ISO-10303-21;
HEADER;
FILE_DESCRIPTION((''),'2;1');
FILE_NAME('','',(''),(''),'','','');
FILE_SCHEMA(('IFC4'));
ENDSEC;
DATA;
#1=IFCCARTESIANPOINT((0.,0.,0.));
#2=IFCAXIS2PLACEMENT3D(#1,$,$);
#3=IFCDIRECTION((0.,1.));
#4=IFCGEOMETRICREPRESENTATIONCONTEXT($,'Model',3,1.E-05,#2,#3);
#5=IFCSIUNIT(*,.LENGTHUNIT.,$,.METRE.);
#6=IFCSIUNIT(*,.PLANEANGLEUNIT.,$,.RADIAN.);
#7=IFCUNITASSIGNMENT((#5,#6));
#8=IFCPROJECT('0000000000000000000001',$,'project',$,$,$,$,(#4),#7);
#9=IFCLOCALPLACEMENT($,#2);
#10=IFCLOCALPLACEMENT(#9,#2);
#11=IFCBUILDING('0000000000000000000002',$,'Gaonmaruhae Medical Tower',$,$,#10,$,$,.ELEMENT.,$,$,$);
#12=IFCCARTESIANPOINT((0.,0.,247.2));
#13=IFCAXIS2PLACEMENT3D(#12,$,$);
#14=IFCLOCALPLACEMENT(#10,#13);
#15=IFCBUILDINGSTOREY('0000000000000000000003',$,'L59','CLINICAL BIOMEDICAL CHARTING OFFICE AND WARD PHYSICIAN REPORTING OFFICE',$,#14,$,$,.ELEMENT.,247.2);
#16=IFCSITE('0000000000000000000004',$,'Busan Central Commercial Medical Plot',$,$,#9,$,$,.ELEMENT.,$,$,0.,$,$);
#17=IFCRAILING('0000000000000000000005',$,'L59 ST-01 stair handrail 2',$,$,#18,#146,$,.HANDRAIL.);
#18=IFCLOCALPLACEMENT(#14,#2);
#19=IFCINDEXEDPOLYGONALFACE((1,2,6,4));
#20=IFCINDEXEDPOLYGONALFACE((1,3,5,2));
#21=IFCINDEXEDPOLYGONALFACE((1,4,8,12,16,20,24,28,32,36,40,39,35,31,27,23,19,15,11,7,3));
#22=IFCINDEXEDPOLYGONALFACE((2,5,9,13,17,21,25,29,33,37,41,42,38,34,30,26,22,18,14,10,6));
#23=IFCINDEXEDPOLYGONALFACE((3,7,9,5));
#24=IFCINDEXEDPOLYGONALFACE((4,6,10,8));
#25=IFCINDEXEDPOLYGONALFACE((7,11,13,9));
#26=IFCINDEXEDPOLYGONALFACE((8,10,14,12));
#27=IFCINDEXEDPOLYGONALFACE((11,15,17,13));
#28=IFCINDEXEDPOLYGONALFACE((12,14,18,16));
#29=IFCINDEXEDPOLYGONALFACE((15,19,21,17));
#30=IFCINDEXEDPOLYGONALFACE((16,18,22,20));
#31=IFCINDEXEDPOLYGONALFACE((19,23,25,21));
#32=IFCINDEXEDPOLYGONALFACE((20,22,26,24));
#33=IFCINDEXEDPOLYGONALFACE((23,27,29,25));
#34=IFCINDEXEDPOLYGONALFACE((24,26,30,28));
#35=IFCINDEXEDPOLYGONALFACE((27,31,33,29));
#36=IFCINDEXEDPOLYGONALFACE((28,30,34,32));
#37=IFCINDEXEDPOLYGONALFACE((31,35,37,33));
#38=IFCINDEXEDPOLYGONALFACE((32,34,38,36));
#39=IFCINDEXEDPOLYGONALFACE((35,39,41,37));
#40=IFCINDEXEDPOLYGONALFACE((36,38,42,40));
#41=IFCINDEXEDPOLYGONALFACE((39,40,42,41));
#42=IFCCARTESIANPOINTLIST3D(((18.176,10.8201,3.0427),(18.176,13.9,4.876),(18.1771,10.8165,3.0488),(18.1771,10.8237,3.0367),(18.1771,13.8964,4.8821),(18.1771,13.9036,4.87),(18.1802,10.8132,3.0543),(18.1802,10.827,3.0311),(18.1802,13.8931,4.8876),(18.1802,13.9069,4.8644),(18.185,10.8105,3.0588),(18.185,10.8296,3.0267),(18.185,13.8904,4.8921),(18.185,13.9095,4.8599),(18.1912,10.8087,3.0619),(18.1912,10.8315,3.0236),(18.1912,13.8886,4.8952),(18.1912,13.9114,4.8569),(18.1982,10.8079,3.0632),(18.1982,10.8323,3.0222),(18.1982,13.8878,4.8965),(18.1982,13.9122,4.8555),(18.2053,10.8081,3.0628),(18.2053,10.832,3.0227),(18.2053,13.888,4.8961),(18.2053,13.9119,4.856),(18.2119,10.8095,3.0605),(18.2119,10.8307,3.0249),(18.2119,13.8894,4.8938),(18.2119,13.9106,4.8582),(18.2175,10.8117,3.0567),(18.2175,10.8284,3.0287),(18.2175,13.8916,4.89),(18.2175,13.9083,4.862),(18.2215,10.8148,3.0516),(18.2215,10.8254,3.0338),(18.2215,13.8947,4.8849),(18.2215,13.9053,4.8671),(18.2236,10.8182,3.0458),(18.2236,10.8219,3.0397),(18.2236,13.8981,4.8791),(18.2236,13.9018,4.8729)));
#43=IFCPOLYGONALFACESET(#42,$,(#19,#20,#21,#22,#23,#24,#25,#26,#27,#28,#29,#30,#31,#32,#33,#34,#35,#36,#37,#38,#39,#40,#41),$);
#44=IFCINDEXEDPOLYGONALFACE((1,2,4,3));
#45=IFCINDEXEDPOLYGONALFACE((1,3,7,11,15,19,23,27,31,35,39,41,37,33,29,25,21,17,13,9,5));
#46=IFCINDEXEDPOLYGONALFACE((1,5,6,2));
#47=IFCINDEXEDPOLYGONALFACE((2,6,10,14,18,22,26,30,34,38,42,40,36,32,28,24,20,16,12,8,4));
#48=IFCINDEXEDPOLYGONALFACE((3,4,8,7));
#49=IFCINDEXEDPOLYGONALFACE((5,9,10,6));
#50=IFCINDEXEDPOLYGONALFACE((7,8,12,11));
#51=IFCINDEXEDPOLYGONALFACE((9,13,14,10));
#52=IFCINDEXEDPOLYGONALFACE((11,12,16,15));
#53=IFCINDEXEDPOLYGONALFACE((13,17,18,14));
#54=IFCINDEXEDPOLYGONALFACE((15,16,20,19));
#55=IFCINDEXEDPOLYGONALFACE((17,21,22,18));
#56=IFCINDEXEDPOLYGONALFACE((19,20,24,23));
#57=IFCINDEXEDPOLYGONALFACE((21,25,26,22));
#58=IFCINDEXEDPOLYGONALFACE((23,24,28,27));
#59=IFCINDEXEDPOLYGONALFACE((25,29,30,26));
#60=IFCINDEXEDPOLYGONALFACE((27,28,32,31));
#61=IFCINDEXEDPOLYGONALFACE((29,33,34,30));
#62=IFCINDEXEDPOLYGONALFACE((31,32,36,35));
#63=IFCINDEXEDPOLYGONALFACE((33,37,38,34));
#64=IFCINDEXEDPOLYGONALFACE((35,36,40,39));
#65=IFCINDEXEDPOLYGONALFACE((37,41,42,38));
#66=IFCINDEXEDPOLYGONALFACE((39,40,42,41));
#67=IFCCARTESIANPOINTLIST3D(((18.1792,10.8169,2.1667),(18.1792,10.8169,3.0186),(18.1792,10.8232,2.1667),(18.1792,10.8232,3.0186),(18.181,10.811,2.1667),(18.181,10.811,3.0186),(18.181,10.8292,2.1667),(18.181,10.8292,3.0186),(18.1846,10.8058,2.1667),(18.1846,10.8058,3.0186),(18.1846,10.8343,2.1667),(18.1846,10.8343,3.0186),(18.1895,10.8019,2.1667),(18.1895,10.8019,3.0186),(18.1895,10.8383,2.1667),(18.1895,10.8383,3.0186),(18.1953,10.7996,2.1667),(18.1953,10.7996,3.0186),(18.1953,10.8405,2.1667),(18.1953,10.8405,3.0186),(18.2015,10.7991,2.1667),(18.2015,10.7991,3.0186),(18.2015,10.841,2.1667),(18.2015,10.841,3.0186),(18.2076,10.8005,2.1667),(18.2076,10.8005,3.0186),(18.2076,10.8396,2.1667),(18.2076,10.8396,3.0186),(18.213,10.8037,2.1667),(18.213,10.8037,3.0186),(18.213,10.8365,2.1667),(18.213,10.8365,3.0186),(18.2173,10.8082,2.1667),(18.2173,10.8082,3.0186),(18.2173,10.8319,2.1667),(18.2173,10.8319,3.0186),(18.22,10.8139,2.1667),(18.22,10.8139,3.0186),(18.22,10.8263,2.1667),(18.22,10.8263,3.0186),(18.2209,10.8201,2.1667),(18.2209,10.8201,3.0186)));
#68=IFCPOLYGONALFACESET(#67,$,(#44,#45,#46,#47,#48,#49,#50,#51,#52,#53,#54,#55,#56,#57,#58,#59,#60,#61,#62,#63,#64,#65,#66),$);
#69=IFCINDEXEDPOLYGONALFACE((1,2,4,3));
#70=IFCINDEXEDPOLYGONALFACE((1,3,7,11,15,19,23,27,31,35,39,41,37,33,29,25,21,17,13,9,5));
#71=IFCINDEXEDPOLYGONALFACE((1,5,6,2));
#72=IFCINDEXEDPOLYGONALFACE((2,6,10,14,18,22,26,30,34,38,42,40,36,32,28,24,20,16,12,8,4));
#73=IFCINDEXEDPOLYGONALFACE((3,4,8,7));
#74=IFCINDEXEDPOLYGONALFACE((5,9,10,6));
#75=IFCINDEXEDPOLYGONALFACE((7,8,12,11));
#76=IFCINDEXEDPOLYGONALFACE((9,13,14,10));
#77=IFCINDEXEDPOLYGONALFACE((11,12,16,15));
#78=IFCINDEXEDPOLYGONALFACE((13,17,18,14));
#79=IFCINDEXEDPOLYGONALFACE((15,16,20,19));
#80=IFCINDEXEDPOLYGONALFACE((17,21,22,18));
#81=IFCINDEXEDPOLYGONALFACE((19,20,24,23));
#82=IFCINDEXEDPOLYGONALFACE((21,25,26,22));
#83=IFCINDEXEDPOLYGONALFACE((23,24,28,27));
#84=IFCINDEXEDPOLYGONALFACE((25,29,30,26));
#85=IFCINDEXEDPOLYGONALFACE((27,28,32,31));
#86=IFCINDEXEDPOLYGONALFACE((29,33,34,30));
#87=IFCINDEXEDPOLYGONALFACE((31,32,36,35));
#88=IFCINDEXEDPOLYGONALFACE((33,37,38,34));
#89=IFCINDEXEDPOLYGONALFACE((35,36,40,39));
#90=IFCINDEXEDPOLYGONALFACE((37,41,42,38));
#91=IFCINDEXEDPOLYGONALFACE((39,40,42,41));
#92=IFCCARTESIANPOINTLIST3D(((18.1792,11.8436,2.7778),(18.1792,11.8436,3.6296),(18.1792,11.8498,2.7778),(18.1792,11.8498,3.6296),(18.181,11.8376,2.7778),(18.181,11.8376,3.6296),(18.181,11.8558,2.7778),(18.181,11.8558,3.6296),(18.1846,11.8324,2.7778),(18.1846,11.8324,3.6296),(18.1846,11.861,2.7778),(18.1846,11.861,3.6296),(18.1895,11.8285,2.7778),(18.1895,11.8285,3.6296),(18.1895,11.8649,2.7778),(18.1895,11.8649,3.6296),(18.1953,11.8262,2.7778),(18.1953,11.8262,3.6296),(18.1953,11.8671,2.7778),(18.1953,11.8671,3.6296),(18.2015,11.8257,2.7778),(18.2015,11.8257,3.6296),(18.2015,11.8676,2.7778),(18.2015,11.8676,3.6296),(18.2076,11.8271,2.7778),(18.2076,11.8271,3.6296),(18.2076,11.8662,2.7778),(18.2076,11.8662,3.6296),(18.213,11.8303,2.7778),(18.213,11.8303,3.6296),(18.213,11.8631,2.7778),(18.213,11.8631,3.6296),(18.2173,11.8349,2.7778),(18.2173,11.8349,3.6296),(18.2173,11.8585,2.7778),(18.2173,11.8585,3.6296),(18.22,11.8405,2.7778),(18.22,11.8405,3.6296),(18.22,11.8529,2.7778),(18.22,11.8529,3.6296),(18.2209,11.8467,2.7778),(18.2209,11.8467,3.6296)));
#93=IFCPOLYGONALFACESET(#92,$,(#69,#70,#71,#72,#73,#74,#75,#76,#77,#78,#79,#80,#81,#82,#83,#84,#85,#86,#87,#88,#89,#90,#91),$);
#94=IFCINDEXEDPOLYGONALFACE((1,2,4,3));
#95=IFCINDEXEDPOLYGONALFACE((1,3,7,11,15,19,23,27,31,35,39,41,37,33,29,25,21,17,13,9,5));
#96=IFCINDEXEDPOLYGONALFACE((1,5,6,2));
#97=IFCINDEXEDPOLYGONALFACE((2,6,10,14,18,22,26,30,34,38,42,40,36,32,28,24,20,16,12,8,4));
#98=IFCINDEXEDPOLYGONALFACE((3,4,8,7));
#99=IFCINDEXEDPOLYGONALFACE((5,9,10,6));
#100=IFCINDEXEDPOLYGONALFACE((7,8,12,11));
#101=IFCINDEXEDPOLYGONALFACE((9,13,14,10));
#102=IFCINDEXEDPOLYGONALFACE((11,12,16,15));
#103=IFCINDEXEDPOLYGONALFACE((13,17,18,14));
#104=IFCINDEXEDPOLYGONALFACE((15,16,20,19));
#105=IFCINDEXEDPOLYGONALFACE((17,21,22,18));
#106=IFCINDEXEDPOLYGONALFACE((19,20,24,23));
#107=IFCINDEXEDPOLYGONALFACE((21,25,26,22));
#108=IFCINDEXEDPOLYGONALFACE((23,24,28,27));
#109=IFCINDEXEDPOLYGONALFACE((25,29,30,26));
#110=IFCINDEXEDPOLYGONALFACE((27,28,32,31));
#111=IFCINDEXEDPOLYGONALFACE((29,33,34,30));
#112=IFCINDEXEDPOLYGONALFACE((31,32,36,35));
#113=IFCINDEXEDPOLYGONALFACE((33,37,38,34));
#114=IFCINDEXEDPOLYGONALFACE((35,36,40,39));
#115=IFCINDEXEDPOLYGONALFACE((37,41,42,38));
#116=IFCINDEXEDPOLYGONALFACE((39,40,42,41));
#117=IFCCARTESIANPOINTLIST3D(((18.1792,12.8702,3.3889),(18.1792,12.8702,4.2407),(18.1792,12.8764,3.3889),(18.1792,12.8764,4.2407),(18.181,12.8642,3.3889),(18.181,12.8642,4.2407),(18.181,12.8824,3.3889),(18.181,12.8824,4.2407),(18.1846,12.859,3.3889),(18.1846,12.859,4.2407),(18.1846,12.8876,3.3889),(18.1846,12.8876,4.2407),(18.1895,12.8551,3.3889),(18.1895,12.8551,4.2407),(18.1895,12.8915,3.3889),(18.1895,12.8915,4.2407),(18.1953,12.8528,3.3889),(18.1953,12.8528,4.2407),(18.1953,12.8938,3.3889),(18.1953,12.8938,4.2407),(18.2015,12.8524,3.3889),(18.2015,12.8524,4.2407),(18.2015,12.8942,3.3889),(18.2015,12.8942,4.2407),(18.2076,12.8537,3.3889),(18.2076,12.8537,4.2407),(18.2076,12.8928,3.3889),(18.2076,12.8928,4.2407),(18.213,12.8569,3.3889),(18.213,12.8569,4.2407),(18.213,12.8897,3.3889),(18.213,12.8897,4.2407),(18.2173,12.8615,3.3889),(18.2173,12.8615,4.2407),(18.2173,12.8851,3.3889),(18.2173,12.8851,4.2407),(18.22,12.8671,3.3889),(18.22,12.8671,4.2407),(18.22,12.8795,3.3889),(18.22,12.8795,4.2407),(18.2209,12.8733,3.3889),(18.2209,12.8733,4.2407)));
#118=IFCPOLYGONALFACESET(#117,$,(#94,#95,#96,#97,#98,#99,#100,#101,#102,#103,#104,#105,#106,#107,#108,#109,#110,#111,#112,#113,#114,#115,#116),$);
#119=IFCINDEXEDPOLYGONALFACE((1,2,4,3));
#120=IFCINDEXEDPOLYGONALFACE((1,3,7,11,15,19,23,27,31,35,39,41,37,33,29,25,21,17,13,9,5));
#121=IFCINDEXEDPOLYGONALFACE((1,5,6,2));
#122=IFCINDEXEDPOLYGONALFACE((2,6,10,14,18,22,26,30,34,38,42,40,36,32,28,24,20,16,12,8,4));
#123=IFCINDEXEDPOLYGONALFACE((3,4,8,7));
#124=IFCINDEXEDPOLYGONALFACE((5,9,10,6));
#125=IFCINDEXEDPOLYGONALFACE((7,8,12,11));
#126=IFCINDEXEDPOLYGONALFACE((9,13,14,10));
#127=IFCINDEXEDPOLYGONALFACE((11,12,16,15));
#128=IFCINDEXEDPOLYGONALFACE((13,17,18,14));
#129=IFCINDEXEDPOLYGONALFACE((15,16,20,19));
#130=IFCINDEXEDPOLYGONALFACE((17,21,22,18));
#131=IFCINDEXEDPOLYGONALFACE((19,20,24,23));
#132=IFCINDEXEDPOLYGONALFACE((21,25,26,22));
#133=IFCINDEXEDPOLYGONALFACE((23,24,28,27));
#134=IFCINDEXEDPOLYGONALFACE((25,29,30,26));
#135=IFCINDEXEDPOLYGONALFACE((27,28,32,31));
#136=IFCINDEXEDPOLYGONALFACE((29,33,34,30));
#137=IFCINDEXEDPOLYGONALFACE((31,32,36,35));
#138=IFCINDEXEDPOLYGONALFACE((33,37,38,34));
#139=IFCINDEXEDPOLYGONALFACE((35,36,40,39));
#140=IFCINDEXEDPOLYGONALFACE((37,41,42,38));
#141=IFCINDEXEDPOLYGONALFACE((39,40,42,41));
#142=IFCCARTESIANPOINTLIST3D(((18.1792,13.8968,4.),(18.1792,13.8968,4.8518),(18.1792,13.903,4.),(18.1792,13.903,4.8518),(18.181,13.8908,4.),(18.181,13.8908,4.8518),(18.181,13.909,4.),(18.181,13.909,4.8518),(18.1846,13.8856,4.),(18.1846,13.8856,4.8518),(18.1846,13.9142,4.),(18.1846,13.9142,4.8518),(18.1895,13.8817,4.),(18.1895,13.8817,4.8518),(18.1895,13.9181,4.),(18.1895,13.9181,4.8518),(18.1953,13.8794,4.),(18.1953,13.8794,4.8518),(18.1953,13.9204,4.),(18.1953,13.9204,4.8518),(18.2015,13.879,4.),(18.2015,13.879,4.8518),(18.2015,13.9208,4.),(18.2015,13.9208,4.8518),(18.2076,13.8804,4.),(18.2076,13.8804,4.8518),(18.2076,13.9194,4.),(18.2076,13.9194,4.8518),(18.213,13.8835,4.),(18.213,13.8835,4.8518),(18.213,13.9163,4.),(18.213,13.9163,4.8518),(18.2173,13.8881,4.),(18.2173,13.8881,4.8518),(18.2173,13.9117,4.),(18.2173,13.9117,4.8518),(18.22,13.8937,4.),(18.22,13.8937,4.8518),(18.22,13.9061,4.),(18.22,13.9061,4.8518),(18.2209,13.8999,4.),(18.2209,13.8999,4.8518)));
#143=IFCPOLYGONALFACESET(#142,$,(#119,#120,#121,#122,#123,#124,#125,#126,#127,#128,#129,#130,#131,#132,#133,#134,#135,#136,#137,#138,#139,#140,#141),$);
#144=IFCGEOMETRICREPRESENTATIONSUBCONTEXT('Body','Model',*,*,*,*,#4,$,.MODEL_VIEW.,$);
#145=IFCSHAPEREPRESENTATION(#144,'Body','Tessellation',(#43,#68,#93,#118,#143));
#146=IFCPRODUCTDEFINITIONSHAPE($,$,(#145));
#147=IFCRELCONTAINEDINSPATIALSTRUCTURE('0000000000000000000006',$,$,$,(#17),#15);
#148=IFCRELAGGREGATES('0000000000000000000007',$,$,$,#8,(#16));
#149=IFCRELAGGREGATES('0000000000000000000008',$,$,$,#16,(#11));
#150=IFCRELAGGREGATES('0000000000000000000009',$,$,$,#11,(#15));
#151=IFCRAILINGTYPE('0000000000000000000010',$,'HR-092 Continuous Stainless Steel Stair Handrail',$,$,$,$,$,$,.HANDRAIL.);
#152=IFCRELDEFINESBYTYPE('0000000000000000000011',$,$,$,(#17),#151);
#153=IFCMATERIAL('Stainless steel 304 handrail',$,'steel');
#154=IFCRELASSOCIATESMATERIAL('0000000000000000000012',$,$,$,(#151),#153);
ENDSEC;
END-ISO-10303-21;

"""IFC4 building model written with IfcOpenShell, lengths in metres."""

from ifc_helpers import new_model, si_unit, direction, frame, origin, origin_2d, place, context, subcontext, project, spatial, circle, extrude, material, type_object, element, save


model = new_model("IFC4")

# Units and contexts
model_context = context("Model", 3, precision=1e-05, world=origin(), true_north=direction((0.0, 1.0)))
body_context = subcontext(model_context, "Body", "Model", "MODEL_VIEW")
ifc_project = project(units=[si_unit("LENGTHUNIT", "METRE"), si_unit("PLANEANGLEUNIT", "RADIAN")], contexts=[model_context])

# Site, building, storey
site_placement = place(None, origin())
site = spatial("IfcSite", under=ifc_project, at=site_placement, Name="Busan Central Commercial Medical Plot", CompositionType="ELEMENT", RefElevation=0.0)
building_placement = place(site_placement, origin())
building = spatial("IfcBuilding", under=site, at=building_placement, Name="Gaonmaruhae Medical Tower", CompositionType="ELEMENT")
storey_placement = place(building_placement, frame((0.0, 0.0, 247.2)))
storey = spatial("IfcBuildingStorey", under=building, at=storey_placement, Name="L59", Description="CLINICAL BIOMEDICAL CHARTING OFFICE AND WARD PHYSICIAN REPORTING OFFICE", CompositionType="ELEMENT", Elevation=247.2)

# Railing
ifc_material_1 = material(Name="Stainless steel 304 handrail", Category="steel")
railing_type_1 = type_object("IfcRailingType", Name="HR-092 Continuous Stainless Steel Stair Handrail", PredefinedType="HANDRAIL", material=ifc_material_1)
railing_1_placement = place(storey_placement, frame((18.2, 10.8201, 2.1667)))
element("IfcRailing", 1, at=railing_1_placement, inside=storey, type_object=railing_type_1, Name="L59 ST-01 stair handrail 2", PredefinedType="HANDRAIL", context=body_context, shape_type="SweptSolid", body=[
    extrude(circle(Radius=0.0239, at=origin_2d()), frame((0.0, 0.0, 0.876), z_axis=(0.0, 0.859291, 0.511487), x_axis=(-1.0, 0.0, 0.0)), (0.0, 0.0, 1.0), 3.5842),
    extrude(circle(Radius=0.021, at=origin_2d()), origin(), (0.0, 0.0, 1.0), 0.8518),
    extrude(circle(Radius=0.021, at=origin_2d()), frame((0.0, 1.0266, 0.6111)), (0.0, 0.0, 1.0), 0.8518),
    extrude(circle(Radius=0.021, at=origin_2d()), frame((0.0, 2.0532, 1.2222)), (0.0, 0.0, 1.0), 0.8518),
    extrude(circle(Radius=0.021, at=origin_2d()), frame((0.0, 3.0798, 1.8333)), (0.0, 0.0, 1.0), 0.8518),
])

save(model, "model.ifc")
